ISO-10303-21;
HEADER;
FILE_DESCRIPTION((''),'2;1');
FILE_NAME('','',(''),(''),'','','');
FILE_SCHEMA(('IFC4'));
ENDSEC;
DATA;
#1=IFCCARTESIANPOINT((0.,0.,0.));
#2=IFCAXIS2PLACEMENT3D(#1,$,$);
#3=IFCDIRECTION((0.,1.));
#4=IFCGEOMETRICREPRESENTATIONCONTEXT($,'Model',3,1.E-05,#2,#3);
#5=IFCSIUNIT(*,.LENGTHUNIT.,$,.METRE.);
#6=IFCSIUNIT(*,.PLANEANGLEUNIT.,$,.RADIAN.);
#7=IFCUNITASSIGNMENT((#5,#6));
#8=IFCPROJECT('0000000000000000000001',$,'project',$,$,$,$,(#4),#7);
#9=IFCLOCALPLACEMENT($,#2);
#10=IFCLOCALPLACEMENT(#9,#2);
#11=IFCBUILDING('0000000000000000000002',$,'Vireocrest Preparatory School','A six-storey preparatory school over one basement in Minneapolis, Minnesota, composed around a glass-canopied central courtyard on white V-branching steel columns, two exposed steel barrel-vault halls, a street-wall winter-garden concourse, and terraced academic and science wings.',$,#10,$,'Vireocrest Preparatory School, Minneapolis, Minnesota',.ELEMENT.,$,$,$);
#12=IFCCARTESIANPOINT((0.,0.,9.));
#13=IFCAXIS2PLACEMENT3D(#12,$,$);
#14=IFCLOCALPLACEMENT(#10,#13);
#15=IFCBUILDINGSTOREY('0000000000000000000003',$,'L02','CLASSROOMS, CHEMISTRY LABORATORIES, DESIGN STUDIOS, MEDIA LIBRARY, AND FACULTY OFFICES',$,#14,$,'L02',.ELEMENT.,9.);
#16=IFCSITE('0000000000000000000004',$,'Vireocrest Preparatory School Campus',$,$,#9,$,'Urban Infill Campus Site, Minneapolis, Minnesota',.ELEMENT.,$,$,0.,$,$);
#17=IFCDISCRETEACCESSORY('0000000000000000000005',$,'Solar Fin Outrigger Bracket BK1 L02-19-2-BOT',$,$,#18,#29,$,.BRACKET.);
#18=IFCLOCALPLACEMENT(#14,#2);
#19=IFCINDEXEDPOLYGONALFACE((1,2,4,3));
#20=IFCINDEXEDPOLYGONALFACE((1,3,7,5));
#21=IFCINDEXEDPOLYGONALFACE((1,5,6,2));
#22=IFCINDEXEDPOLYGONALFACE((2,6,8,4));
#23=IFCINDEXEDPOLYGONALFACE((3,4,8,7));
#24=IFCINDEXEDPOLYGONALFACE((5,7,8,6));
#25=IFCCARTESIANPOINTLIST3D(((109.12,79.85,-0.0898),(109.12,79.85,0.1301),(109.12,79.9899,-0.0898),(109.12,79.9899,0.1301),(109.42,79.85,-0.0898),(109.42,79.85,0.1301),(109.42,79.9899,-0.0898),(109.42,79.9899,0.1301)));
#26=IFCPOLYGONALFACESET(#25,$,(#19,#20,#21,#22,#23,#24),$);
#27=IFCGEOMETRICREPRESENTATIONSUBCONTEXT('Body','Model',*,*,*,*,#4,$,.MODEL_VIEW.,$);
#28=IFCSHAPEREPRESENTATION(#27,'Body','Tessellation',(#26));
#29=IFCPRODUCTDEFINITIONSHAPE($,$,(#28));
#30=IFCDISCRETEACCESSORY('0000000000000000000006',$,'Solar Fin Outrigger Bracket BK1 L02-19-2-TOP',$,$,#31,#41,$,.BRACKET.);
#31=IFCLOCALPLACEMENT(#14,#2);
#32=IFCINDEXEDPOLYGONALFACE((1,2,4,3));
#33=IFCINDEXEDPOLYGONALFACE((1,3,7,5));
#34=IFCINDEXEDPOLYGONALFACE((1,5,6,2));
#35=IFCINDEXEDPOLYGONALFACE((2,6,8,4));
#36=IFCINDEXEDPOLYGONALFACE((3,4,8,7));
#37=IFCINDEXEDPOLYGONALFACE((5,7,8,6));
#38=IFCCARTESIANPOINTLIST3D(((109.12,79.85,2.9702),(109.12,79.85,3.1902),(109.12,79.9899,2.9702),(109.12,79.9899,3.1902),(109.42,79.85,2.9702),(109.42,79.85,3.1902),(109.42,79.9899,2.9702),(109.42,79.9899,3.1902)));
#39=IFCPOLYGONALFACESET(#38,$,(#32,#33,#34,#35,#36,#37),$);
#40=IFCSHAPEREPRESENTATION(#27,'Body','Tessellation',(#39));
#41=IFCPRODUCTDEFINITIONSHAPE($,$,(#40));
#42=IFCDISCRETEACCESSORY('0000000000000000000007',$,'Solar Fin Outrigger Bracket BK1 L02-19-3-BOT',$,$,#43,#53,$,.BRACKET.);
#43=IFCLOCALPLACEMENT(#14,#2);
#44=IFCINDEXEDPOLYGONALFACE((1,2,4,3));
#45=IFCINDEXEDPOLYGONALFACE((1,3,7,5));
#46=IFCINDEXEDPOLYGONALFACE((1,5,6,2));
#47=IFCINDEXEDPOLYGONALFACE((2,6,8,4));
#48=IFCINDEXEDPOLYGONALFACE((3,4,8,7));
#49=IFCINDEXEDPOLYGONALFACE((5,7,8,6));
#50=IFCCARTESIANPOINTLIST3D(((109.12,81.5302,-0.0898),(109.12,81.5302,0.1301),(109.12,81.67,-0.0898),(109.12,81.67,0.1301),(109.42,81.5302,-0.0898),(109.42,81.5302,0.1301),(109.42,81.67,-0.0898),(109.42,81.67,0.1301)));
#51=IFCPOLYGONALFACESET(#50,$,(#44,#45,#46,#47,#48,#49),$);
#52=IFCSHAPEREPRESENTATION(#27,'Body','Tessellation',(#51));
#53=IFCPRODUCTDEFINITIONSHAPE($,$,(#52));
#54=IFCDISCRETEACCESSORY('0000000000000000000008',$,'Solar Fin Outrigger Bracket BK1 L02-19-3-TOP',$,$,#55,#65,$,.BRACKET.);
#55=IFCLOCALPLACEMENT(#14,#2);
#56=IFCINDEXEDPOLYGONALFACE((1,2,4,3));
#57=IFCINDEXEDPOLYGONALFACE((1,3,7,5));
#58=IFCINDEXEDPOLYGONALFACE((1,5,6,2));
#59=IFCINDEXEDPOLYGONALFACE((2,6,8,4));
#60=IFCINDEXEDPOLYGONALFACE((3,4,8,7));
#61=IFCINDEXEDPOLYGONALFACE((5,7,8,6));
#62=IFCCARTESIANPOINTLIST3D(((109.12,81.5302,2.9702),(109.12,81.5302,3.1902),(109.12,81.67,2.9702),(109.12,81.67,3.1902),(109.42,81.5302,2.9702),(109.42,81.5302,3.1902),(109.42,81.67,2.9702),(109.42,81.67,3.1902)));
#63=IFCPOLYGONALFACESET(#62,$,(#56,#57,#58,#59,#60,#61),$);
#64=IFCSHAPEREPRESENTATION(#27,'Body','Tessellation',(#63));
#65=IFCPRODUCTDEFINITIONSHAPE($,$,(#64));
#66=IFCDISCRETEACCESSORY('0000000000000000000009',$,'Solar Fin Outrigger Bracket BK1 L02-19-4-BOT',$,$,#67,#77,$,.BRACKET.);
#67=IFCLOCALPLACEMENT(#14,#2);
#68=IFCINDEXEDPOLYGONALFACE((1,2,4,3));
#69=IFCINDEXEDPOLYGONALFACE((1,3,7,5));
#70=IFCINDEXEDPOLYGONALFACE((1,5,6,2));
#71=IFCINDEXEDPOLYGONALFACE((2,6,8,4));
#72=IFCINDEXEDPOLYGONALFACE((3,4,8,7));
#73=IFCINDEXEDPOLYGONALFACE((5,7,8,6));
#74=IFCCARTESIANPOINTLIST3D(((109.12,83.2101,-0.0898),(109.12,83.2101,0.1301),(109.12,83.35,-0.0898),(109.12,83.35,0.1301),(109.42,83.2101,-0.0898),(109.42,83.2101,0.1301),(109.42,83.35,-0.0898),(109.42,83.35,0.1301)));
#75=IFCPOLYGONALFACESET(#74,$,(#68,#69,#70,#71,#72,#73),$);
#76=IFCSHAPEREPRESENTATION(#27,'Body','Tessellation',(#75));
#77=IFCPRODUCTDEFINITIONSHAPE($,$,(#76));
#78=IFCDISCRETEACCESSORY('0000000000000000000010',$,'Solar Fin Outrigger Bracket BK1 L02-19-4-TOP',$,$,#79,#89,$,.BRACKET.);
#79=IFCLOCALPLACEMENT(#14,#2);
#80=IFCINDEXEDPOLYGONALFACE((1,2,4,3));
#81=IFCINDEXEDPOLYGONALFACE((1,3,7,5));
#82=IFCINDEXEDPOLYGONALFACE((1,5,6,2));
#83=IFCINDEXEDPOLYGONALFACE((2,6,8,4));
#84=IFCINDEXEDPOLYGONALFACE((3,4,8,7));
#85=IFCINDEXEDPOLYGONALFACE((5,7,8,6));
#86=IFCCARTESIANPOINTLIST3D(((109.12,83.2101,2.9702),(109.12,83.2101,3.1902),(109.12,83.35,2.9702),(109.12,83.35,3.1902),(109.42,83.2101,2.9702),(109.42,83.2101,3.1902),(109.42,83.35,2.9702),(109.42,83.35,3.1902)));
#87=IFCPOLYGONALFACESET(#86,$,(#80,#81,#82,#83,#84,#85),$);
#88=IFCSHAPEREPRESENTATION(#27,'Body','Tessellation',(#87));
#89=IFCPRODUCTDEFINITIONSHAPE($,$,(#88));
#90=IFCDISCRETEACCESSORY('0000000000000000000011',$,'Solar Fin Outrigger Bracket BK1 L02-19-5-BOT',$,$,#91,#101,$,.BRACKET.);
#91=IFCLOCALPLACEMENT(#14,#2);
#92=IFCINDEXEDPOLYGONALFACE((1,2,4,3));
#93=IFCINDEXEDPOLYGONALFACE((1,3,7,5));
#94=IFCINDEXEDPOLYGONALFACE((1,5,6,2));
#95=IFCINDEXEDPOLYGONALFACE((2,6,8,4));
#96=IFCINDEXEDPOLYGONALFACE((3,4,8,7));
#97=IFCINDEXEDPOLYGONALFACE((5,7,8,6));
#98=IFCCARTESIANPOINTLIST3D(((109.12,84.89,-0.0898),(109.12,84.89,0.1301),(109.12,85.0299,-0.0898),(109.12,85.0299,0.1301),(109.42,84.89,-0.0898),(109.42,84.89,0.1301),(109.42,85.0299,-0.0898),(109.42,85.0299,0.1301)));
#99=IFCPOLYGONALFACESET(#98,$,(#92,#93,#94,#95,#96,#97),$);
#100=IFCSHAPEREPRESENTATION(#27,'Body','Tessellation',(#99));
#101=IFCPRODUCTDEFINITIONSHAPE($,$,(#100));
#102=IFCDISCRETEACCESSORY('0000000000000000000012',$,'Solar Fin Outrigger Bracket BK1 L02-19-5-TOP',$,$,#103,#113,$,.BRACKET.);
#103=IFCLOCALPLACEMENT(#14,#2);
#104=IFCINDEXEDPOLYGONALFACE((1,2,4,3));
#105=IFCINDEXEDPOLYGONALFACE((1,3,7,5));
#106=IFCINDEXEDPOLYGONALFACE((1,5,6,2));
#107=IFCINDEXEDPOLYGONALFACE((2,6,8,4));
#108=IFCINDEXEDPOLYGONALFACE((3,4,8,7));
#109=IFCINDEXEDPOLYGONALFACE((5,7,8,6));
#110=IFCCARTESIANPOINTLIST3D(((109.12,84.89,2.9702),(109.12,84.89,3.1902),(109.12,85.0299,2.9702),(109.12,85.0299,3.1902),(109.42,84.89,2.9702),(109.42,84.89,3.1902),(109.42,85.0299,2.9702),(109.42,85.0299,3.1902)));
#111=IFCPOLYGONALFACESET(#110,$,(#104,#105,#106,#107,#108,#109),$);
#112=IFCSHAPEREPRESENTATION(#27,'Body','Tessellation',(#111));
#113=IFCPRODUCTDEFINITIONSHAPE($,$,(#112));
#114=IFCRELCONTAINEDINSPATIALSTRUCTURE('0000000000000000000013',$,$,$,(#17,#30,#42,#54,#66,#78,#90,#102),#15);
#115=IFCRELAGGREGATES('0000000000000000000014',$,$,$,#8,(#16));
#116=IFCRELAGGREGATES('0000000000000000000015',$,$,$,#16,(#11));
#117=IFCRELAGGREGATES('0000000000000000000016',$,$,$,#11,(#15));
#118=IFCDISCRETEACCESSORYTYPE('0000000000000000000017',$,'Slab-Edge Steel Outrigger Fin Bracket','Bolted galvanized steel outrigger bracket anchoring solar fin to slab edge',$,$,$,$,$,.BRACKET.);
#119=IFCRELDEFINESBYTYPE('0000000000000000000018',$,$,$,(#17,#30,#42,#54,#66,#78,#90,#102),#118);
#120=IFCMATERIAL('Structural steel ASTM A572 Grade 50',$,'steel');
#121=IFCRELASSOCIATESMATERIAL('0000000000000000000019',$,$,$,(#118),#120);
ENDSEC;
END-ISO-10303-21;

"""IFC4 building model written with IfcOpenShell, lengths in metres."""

from ifc_helpers import new_model, si_unit, direction, frame, origin, origin_2d, place, context, subcontext, project, spatial, rectangle, extrude, material, type_object, element, save


model = new_model("IFC4")

# Units and contexts
model_context = context("Model", 3, precision=1e-05, world=origin(), true_north=direction((0.0, 1.0)))
body_context = subcontext(model_context, "Body", "Model", "MODEL_VIEW")
ifc_project = project(units=[si_unit("LENGTHUNIT", "METRE"), si_unit("PLANEANGLEUNIT", "RADIAN")], contexts=[model_context])

# Site, building, storey
site_placement = place(None, origin())
site = spatial("IfcSite", under=ifc_project, at=site_placement, Name="Vireocrest Preparatory School Campus", LongName="Urban Infill Campus Site, Minneapolis, Minnesota", CompositionType="ELEMENT", RefElevation=0.0)
building_placement = place(site_placement, origin())
building = spatial("IfcBuilding", under=site, at=building_placement, Name="Vireocrest Preparatory School", Description="A six-storey preparatory school over one basement in Minneapolis, Minnesota, composed around a glass-canopied central courtyard on white V-branching steel columns, two exposed steel barrel-vault halls, a street-wall winter-garden concourse, and terraced academic and science wings.", LongName="Vireocrest Preparatory School, Minneapolis, Minnesota", CompositionType="ELEMENT")
storey_placement = place(building_placement, frame((0.0, 0.0, 9.0)))
storey = spatial("IfcBuildingStorey", under=building, at=storey_placement, Name="L02", Description="CLASSROOMS, CHEMISTRY LABORATORIES, DESIGN STUDIOS, MEDIA LIBRARY, AND FACULTY OFFICES", LongName="L02", CompositionType="ELEMENT", Elevation=9.0)

# Discrete accessories
ifc_material_1 = material(Name="Structural steel ASTM A572 Grade 50", Category="steel")
discrete_accessory_type = type_object("IfcDiscreteAccessoryType", Name="Slab-Edge Steel Outrigger Fin Bracket", Description="Bolted galvanized steel outrigger bracket anchoring solar fin to slab edge", PredefinedType="BRACKET", material=ifc_material_1)
for number, where, z_axis, x_axis, name in (
    (1, (109.27, 79.9199, -0.0898), (0.0, 0.0, 1.0), (0.0, -1.0, 0.0), "Solar Fin Outrigger Bracket BK1 L02-19-2-BOT"),
    (2, (109.27, 79.9199, 2.9702), (0.0, 0.0, 1.0), (0.0, -1.0, 0.0), "Solar Fin Outrigger Bracket BK1 L02-19-2-TOP"),
    (3, (109.27, 81.6001, -0.0898), (0.0, 0.0, 1.0), (0.0, -1.0, 0.0), "Solar Fin Outrigger Bracket BK1 L02-19-3-BOT"),
    (4, (109.27, 81.6001, 2.9702), (0.0, 0.0, 1.0), (0.0, -1.0, 0.0), "Solar Fin Outrigger Bracket BK1 L02-19-3-TOP"),
    (5, (109.27, 83.28, -0.0898), (0.0, 0.0, 1.0), (0.0, -1.0, 0.0), "Solar Fin Outrigger Bracket BK1 L02-19-4-BOT"),
    (6, (109.27, 83.28, 2.9702), (0.0, 0.0, 1.0), (0.0, -1.0, 0.0), "Solar Fin Outrigger Bracket BK1 L02-19-4-TOP"),
    (7, (109.27, 84.96, -0.0898), (0.0, 0.0, 1.0), (0.0, -1.0, 0.0), "Solar Fin Outrigger Bracket BK1 L02-19-5-BOT"),
    (8, (109.27, 84.96, 2.9702), (0.0, 0.0, 1.0), (0.0, -1.0, 0.0), "Solar Fin Outrigger Bracket BK1 L02-19-5-TOP"),
):
    element("IfcDiscreteAccessory", number, at=place(storey_placement, frame(where, z_axis=z_axis, x_axis=x_axis)), inside=storey, type_object=discrete_accessory_type, Name=name, PredefinedType="BRACKET", context=body_context, shape_type="SweptSolid", body=[
        extrude(rectangle(XDim=0.1399, YDim=0.3, at=origin_2d()), origin(), (0.0, 0.0, 1.0), 0.22),
    ])

save(model, "model.ifc")
